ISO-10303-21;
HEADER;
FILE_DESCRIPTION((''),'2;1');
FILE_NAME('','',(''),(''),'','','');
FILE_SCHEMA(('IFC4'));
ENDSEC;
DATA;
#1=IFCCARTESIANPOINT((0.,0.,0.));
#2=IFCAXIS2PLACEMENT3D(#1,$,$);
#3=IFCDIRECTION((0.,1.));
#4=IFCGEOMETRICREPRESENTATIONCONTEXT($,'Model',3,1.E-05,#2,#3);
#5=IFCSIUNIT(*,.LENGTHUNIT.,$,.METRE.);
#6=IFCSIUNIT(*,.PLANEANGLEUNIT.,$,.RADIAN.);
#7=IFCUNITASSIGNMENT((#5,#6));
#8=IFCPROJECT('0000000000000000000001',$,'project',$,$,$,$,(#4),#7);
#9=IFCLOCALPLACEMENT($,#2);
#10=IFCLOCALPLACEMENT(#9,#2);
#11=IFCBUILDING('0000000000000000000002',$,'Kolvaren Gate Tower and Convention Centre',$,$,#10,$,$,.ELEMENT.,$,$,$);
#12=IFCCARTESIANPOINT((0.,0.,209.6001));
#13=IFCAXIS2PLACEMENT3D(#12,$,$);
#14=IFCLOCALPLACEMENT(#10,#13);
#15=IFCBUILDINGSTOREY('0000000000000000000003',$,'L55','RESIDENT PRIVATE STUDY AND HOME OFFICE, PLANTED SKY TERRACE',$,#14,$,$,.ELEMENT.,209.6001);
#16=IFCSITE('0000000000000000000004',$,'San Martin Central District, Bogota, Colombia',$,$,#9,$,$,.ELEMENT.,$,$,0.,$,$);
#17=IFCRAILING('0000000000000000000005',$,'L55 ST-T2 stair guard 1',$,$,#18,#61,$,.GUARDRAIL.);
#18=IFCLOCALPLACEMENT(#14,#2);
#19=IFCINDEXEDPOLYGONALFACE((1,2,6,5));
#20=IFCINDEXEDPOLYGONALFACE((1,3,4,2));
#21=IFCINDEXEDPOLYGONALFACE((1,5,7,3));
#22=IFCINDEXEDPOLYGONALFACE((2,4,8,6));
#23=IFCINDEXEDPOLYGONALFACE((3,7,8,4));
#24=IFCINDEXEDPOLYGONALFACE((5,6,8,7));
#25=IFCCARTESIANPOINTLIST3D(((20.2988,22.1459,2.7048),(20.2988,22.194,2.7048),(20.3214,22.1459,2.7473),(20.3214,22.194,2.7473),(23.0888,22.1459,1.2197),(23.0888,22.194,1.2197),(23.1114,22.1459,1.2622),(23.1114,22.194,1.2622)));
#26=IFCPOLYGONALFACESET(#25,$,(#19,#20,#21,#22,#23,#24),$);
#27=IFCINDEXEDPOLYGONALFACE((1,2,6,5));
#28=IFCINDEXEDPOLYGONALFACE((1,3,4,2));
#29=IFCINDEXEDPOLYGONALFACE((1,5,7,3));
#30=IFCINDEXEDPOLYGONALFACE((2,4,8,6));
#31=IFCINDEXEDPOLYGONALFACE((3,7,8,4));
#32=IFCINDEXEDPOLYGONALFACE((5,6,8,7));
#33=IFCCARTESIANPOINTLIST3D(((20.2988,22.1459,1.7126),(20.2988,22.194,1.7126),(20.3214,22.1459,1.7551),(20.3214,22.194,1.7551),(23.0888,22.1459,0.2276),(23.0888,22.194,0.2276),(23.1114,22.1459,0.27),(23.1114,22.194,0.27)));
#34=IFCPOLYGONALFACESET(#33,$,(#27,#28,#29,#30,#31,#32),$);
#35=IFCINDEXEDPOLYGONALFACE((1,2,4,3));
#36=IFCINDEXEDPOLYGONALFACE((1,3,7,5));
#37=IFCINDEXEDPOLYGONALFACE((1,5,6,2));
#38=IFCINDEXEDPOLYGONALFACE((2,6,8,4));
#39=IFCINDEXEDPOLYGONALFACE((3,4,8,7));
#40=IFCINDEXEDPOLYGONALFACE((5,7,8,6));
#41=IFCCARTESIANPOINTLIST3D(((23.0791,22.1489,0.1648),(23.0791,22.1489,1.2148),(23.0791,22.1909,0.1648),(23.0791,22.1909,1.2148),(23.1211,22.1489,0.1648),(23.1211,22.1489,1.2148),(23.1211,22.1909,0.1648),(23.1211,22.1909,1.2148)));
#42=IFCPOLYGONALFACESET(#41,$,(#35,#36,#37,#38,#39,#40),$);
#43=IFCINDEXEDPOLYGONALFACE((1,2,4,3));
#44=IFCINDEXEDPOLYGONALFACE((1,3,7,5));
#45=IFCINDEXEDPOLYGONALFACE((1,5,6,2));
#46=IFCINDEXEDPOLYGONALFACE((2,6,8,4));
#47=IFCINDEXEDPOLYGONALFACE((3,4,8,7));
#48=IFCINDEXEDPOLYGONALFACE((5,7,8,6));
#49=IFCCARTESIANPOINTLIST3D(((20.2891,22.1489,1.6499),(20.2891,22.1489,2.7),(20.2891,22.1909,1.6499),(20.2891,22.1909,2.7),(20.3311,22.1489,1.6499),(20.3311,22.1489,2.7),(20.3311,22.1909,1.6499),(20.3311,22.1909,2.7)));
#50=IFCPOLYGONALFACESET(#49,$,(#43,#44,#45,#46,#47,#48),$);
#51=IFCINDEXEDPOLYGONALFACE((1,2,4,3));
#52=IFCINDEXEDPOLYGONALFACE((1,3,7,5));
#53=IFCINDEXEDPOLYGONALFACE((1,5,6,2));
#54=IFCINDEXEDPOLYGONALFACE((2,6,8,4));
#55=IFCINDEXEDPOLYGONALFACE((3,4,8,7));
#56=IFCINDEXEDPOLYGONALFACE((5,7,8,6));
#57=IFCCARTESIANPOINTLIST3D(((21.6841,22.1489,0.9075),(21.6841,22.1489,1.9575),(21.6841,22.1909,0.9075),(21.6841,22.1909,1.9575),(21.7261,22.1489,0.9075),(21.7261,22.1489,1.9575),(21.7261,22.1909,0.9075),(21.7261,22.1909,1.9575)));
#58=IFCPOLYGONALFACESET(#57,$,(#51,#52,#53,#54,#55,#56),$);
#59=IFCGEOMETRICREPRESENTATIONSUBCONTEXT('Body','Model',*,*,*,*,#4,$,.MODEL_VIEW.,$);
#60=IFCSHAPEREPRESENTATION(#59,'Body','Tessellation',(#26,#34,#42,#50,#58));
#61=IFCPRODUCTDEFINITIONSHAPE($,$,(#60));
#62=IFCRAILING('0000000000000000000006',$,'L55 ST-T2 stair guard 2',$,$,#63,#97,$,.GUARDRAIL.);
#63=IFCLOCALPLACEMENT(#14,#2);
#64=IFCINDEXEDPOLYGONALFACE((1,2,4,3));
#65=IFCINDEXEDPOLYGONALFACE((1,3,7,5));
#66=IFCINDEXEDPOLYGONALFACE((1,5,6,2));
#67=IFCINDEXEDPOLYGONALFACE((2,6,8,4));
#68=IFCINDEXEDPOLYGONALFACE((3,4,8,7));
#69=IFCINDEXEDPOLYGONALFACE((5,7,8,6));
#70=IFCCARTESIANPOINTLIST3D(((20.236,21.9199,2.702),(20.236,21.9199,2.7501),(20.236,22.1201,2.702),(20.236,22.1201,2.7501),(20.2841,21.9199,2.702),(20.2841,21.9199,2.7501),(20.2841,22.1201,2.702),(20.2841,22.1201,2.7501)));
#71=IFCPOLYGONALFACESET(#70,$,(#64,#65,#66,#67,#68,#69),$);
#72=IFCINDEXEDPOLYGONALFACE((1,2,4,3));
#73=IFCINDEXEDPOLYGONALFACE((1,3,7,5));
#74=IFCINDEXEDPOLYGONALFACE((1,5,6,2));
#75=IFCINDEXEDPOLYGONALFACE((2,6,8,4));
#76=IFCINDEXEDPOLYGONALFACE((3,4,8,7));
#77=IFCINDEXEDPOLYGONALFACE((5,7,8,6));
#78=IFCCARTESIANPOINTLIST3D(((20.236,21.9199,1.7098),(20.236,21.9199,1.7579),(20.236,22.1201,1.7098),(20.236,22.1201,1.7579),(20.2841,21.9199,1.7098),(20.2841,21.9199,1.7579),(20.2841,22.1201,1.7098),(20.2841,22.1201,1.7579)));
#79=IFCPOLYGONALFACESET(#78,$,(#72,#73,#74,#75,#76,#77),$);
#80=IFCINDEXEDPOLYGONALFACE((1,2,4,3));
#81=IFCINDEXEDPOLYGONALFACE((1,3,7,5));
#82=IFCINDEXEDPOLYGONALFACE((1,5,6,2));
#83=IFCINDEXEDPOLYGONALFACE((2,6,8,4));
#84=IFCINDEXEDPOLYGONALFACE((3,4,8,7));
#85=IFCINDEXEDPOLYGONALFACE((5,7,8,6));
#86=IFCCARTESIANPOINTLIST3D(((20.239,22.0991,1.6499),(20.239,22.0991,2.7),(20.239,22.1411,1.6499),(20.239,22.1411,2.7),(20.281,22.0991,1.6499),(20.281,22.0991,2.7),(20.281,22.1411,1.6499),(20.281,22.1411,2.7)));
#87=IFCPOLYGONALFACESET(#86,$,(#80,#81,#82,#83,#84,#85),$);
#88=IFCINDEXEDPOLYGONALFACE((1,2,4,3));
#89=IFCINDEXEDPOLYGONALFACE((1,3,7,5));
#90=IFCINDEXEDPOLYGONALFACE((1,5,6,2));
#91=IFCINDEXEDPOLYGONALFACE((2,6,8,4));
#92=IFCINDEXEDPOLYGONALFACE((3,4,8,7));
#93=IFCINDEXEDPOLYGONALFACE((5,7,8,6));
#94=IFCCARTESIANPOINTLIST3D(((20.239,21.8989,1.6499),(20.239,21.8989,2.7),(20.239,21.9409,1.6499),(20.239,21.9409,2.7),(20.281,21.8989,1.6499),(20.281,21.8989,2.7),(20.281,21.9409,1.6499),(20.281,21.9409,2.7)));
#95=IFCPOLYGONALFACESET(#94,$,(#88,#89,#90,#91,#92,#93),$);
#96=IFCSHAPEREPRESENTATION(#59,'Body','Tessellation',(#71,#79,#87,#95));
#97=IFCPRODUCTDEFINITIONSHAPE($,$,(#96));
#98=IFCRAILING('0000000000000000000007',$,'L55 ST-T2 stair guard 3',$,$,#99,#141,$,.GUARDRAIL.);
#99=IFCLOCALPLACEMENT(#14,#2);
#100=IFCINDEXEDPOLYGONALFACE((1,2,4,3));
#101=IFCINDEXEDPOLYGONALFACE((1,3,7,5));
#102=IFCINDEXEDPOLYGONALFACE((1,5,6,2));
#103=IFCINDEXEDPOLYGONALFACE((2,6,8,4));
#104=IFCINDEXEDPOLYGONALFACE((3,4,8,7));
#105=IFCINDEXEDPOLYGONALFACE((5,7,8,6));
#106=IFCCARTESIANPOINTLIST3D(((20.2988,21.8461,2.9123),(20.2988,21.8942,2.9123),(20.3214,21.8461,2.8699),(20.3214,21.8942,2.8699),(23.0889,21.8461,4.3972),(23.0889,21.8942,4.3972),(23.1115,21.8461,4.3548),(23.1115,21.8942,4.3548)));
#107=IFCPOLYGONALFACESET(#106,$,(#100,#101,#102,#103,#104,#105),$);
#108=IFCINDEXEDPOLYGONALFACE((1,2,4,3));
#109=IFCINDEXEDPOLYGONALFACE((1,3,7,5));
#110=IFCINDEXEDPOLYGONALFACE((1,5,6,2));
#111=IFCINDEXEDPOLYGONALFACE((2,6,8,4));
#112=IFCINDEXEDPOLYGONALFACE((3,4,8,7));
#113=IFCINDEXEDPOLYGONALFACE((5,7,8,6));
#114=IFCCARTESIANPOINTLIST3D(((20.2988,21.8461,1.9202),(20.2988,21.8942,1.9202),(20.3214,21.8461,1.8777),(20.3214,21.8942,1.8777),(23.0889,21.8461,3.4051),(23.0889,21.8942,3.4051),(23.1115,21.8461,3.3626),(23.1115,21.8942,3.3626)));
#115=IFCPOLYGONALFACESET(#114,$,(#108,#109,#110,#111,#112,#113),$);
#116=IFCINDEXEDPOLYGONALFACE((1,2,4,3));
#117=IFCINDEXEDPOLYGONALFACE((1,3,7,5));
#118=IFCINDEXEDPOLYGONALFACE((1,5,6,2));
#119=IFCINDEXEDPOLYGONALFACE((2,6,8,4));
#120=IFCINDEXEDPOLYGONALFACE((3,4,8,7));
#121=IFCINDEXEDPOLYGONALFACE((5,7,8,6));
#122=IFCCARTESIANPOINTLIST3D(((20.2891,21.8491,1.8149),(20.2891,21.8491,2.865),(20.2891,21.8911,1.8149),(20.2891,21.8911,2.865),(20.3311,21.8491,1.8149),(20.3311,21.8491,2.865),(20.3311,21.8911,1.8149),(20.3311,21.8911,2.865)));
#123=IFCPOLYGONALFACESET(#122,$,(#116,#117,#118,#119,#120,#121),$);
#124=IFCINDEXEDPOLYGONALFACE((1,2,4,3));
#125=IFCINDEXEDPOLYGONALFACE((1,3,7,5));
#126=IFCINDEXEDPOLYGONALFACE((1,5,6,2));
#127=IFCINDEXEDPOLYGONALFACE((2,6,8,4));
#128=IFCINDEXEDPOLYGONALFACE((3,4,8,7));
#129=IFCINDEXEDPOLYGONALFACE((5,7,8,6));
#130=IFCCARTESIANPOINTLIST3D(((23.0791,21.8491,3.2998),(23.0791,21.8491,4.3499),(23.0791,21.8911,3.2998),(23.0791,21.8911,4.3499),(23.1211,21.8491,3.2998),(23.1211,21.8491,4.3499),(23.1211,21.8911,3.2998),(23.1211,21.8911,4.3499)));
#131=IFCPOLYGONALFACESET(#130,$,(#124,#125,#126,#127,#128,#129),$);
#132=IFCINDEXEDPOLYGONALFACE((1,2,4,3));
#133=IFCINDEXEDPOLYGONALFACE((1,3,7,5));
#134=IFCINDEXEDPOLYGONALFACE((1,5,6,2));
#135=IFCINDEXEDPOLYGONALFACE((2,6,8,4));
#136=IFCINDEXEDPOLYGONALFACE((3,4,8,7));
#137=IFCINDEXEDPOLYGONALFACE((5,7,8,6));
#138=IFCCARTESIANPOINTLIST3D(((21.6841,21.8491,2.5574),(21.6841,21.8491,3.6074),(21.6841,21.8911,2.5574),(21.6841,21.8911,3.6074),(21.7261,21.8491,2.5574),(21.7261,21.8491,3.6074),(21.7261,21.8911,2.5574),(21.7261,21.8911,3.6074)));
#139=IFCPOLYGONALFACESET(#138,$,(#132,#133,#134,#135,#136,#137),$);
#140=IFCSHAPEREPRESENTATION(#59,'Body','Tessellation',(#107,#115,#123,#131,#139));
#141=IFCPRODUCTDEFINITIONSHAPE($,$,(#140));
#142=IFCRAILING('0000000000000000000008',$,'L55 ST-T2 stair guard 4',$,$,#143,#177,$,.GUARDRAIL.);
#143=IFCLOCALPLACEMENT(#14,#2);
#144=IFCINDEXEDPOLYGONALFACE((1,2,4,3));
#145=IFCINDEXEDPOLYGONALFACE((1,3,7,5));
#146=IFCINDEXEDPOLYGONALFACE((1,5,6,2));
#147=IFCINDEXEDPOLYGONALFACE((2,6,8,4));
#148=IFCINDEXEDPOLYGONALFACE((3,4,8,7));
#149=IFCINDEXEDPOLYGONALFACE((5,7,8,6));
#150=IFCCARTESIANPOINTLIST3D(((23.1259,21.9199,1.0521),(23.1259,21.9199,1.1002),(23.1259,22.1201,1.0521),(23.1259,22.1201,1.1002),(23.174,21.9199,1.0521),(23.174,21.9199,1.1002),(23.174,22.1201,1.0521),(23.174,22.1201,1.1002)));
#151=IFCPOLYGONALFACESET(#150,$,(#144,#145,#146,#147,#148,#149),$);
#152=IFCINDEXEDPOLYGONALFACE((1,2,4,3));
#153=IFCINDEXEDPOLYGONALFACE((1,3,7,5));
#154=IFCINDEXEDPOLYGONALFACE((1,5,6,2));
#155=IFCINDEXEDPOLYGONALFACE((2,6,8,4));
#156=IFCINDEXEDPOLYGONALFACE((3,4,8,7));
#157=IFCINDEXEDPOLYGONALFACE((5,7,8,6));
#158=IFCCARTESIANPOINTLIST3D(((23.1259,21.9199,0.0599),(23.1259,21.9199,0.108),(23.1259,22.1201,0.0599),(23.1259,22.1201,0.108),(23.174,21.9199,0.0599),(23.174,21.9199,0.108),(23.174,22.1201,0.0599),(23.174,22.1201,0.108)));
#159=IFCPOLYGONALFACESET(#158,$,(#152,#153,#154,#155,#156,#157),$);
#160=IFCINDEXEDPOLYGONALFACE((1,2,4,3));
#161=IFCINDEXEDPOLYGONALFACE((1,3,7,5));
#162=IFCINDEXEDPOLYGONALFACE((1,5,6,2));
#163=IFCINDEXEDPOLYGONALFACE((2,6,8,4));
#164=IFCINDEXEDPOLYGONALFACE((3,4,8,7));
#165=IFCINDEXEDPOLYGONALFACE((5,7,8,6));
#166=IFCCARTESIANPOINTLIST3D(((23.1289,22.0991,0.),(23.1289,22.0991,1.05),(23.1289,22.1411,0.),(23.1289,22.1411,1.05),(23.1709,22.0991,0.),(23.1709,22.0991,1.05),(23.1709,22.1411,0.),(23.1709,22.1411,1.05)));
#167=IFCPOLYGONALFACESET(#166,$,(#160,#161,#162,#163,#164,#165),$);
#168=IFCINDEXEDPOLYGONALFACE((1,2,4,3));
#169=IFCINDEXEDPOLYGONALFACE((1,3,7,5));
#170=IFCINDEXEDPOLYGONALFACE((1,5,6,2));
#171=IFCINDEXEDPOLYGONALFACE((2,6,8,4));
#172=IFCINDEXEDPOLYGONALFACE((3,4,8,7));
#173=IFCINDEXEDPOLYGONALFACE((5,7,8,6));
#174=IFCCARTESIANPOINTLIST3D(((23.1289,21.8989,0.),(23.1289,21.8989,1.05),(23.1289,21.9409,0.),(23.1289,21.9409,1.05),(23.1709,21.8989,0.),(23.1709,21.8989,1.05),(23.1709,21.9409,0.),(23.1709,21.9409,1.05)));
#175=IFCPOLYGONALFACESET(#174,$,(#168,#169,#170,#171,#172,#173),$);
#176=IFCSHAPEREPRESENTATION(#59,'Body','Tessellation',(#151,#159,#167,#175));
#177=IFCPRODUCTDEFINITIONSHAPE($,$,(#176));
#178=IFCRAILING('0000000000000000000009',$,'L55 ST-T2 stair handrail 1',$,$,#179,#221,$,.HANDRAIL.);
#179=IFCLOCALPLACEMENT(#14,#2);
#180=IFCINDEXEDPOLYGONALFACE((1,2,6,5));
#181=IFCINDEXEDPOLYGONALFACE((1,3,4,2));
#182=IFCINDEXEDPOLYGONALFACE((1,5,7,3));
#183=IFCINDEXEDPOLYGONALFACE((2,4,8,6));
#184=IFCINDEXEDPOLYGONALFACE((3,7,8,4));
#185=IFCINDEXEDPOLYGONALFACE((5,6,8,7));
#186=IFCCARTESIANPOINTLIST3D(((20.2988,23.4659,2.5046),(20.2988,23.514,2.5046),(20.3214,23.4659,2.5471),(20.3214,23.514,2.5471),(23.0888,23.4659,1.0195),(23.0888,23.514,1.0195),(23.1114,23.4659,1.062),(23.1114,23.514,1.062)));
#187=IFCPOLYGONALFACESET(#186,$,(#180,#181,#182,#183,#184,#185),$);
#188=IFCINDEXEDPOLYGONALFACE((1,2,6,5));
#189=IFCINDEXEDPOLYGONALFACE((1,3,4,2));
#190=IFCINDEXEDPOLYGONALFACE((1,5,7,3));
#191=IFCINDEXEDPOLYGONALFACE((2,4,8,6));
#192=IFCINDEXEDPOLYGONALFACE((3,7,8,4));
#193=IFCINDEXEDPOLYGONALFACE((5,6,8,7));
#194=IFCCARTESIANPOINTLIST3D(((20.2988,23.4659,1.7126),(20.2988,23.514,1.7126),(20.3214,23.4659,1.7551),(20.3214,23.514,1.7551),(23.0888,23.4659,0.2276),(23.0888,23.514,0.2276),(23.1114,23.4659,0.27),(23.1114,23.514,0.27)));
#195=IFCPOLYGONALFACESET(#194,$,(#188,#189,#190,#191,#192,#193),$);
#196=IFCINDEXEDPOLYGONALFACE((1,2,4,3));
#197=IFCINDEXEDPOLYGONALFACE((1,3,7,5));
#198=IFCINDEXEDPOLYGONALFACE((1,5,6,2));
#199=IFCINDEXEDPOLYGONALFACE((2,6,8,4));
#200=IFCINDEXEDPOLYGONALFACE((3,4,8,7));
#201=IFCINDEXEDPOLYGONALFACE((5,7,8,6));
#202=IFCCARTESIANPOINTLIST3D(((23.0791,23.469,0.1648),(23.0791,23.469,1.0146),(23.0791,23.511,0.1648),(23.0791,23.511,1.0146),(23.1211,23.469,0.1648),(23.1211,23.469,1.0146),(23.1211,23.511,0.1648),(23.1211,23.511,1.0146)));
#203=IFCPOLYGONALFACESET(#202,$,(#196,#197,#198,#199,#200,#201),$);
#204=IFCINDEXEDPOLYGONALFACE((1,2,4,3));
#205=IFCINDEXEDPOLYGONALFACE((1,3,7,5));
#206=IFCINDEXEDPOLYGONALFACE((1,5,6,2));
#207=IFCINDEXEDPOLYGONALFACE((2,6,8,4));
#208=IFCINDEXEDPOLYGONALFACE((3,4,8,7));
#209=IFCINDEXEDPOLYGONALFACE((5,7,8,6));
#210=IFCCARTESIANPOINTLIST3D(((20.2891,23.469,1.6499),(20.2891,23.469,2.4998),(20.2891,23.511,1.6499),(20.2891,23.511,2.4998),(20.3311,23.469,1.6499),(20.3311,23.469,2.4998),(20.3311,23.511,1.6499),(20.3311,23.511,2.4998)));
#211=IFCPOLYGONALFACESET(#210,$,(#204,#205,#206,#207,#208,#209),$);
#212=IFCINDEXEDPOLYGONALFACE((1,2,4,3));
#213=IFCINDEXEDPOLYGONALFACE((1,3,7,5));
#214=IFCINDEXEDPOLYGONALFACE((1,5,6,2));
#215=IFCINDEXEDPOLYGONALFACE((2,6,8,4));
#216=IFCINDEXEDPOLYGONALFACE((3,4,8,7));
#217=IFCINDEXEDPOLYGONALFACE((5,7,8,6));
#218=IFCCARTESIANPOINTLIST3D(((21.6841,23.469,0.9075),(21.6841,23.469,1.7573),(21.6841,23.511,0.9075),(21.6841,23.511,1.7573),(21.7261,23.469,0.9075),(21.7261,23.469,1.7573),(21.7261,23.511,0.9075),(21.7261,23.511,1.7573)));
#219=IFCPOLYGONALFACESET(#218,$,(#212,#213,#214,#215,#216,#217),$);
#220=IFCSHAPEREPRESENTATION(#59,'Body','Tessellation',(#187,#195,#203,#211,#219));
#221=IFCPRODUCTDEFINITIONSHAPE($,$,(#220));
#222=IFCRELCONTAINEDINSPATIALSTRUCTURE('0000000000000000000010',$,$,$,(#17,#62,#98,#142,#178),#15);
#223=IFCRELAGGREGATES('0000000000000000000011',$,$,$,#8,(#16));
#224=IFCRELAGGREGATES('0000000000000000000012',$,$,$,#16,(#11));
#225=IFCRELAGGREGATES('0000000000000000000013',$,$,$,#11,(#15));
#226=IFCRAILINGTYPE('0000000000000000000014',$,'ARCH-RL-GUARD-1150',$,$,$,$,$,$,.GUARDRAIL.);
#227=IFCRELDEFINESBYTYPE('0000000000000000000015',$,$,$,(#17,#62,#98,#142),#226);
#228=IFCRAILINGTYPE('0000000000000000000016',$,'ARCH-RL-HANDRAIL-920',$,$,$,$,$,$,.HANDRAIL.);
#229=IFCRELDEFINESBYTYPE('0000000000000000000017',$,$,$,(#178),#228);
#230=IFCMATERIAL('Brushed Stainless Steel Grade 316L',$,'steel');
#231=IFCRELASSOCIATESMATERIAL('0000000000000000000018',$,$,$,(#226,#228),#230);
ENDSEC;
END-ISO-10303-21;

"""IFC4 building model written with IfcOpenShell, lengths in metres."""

from ifc_helpers import new_model, si_unit, direction, frame, origin, origin_2d, place, context, subcontext, project, spatial, rectangle, extrude, material, type_object, element, save


model = new_model("IFC4")

# Units and contexts
model_context = context("Model", 3, precision=1e-05, world=origin(), true_north=direction((0.0, 1.0)))
body_context = subcontext(model_context, "Body", "Model", "MODEL_VIEW")
ifc_project = project(units=[si_unit("LENGTHUNIT", "METRE"), si_unit("PLANEANGLEUNIT", "RADIAN")], contexts=[model_context])

# Site, building, storey
site_placement = place(None, origin())
site = spatial("IfcSite", under=ifc_project, at=site_placement, Name="San Martin Central District, Bogota, Colombia", CompositionType="ELEMENT", RefElevation=0.0)
building_placement = place(site_placement, origin())
building = spatial("IfcBuilding", under=site, at=building_placement, Name="Kolvaren Gate Tower and Convention Centre", CompositionType="ELEMENT")
storey_placement = place(building_placement, frame((0.0, 0.0, 209.6001)))
storey = spatial("IfcBuildingStorey", under=building, at=storey_placement, Name="L55", Description="RESIDENT PRIVATE STUDY AND HOME OFFICE, PLANTED SKY TERRACE", CompositionType="ELEMENT", Elevation=209.6001)

# Shared definitions
ifc_material_1 = material(Name="Brushed Stainless Steel Grade 316L", Category="steel")

# Railings
railing_type_1 = type_object("IfcRailingType", Name="ARCH-RL-GUARD-1150", PredefinedType="GUARDRAIL", material=ifc_material_1)
railing_1_placement = place(storey_placement, frame((23.1001, 22.1699, 0.1648)))
element("IfcRailing", 1, at=railing_1_placement, inside=storey, type_object=railing_type_1, Name="L55 ST-T2 stair guard 1", PredefinedType="GUARDRAIL", context=body_context, shape_type="SweptSolid", body=[
    extrude(rectangle(XDim=0.0481, YDim=0.0481, at=origin_2d()), frame((0.0, 0.0, 1.0762), z_axis=(-0.882735, 0.0, 0.46987), x_axis=(0.0, -1.0, 0.0)), (0.0, 0.0, 1.0), 3.1606),
    extrude(rectangle(XDim=0.0481, YDim=0.0481, at=origin_2d()), frame((0.0, 0.0, 0.084), z_axis=(-0.882735, 0.0, 0.46987), x_axis=(0.0, -1.0, 0.0)), (0.0, 0.0, 1.0), 3.1606),
    extrude(rectangle(XDim=0.042, YDim=0.042, at=origin_2d()), origin(), (0.0, 0.0, 1.0), 1.05),
    extrude(rectangle(XDim=0.042, YDim=0.042, at=origin_2d()), frame((-2.79, 0.0, 1.4851)), (0.0, 0.0, 1.0), 1.05),
    extrude(rectangle(XDim=0.042, YDim=0.042, at=origin_2d()), frame((-1.395, 0.0, 0.7427)), (0.0, 0.0, 1.0), 1.05),
])
railing_2_placement = place(storey_placement, frame((20.26, 22.1201, 1.6499)))
element("IfcRailing", 2, at=railing_2_placement, inside=storey, type_object=railing_type_1, Name="L55 ST-T2 stair guard 2", PredefinedType="GUARDRAIL", context=body_context, shape_type="SweptSolid", body=[
    extrude(rectangle(XDim=0.0481, YDim=0.0481, at=origin_2d()), frame((0.0, 0.0, 1.0762), z_axis=(0.0, -1.0, 0.0), x_axis=(1.0, 0.0, 0.0)), (0.0, 0.0, 1.0), 0.2002),
    extrude(rectangle(XDim=0.0481, YDim=0.0481, at=origin_2d()), frame((0.0, 0.0, 0.084), z_axis=(0.0, -1.0, 0.0), x_axis=(1.0, 0.0, 0.0)), (0.0, 0.0, 1.0), 0.2002),
    extrude(rectangle(XDim=0.042, YDim=0.042, at=origin_2d()), origin(), (0.0, 0.0, 1.0), 1.05),
    extrude(rectangle(XDim=0.042, YDim=0.042, at=origin_2d()), frame((0.0, -0.2002, 0.0)), (0.0, 0.0, 1.0), 1.05),
])
railing_3_placement = place(storey_placement, frame((20.3101, 21.8701, 1.8149)))
element("IfcRailing", 3, at=railing_3_placement, inside=storey, type_object=railing_type_1, Name="L55 ST-T2 stair guard 3", PredefinedType="GUARDRAIL", context=body_context, shape_type="SweptSolid", body=[
    extrude(rectangle(XDim=0.0481, YDim=0.0481, at=origin_2d()), frame((0.0, 0.0, 1.0762), z_axis=(0.882767, 0.0, 0.46981), x_axis=(0.0, 1.0, 0.0)), (0.0, 0.0, 1.0), 3.1606),
    extrude(rectangle(XDim=0.0481, YDim=0.0481, at=origin_2d()), frame((0.0, 0.0, 0.084), z_axis=(0.882767, 0.0, 0.46981), x_axis=(0.0, 1.0, 0.0)), (0.0, 0.0, 1.0), 3.1606),
    extrude(rectangle(XDim=0.042, YDim=0.042, at=origin_2d()), origin(), (0.0, 0.0, 1.0), 1.05),
    extrude(rectangle(XDim=0.042, YDim=0.042, at=origin_2d()), frame((2.79, 0.0, 1.4849)), (0.0, 0.0, 1.0), 1.05),
    extrude(rectangle(XDim=0.042, YDim=0.042, at=origin_2d()), frame((1.395, 0.0, 0.7424)), (0.0, 0.0, 1.0), 1.05),
])
railing_4_placement = place(storey_placement, frame((23.1499, 22.1201, 0.0)))
element("IfcRailing", 4, at=railing_4_placement, inside=storey, type_object=railing_type_1, Name="L55 ST-T2 stair guard 4", PredefinedType="GUARDRAIL", context=body_context, shape_type="SweptSolid", body=[
    extrude(rectangle(XDim=0.0481, YDim=0.0481, at=origin_2d()), frame((0.0, 0.0, 1.0762), z_axis=(0.0, -1.0, 0.0), x_axis=(1.0, 0.0, 0.0)), (0.0, 0.0, 1.0), 0.2002),
    extrude(rectangle(XDim=0.0481, YDim=0.0481, at=origin_2d()), frame((0.0, 0.0, 0.084), z_axis=(0.0, -1.0, 0.0), x_axis=(1.0, 0.0, 0.0)), (0.0, 0.0, 1.0), 0.2002),
    extrude(rectangle(XDim=0.042, YDim=0.042, at=origin_2d()), origin(), (0.0, 0.0, 1.0), 1.05),
    extrude(rectangle(XDim=0.042, YDim=0.042, at=origin_2d()), frame((0.0, -0.2002, 0.0)), (0.0, 0.0, 1.0), 1.05),
])
railing_type_2 = type_object("IfcRailingType", Name="ARCH-RL-HANDRAIL-920", PredefinedType="HANDRAIL", material=ifc_material_1)
railing_5_placement = place(storey_placement, frame((23.1001, 23.49, 0.1648)))
element("IfcRailing", 5, at=railing_5_placement, inside=storey, type_object=railing_type_2, Name="L55 ST-T2 stair handrail 1", PredefinedType="HANDRAIL", context=body_context, shape_type="SweptSolid", body=[
    extrude(rectangle(XDim=0.0481, YDim=0.0481, at=origin_2d()), frame((0.0, 0.0, 0.876), z_axis=(-0.882735, 0.0, 0.46987), x_axis=(0.0, -1.0, 0.0)), (0.0, 0.0, 1.0), 3.1606),
    extrude(rectangle(XDim=0.0481, YDim=0.0481, at=origin_2d()), frame((0.0, 0.0, 0.084), z_axis=(-0.882735, 0.0, 0.46987), x_axis=(0.0, -1.0, 0.0)), (0.0, 0.0, 1.0), 3.1606),
    extrude(rectangle(XDim=0.042, YDim=0.042, at=origin_2d()), origin(), (0.0, 0.0, 1.0), 0.8499),
    extrude(rectangle(XDim=0.042, YDim=0.042, at=origin_2d()), frame((-2.79, 0.0, 1.4851)), (0.0, 0.0, 1.0), 0.8499),
    extrude(rectangle(XDim=0.042, YDim=0.042, at=origin_2d()), frame((-1.395, 0.0, 0.7427)), (0.0, 0.0, 1.0), 0.8499),
])

save(model, "model.ifc")
